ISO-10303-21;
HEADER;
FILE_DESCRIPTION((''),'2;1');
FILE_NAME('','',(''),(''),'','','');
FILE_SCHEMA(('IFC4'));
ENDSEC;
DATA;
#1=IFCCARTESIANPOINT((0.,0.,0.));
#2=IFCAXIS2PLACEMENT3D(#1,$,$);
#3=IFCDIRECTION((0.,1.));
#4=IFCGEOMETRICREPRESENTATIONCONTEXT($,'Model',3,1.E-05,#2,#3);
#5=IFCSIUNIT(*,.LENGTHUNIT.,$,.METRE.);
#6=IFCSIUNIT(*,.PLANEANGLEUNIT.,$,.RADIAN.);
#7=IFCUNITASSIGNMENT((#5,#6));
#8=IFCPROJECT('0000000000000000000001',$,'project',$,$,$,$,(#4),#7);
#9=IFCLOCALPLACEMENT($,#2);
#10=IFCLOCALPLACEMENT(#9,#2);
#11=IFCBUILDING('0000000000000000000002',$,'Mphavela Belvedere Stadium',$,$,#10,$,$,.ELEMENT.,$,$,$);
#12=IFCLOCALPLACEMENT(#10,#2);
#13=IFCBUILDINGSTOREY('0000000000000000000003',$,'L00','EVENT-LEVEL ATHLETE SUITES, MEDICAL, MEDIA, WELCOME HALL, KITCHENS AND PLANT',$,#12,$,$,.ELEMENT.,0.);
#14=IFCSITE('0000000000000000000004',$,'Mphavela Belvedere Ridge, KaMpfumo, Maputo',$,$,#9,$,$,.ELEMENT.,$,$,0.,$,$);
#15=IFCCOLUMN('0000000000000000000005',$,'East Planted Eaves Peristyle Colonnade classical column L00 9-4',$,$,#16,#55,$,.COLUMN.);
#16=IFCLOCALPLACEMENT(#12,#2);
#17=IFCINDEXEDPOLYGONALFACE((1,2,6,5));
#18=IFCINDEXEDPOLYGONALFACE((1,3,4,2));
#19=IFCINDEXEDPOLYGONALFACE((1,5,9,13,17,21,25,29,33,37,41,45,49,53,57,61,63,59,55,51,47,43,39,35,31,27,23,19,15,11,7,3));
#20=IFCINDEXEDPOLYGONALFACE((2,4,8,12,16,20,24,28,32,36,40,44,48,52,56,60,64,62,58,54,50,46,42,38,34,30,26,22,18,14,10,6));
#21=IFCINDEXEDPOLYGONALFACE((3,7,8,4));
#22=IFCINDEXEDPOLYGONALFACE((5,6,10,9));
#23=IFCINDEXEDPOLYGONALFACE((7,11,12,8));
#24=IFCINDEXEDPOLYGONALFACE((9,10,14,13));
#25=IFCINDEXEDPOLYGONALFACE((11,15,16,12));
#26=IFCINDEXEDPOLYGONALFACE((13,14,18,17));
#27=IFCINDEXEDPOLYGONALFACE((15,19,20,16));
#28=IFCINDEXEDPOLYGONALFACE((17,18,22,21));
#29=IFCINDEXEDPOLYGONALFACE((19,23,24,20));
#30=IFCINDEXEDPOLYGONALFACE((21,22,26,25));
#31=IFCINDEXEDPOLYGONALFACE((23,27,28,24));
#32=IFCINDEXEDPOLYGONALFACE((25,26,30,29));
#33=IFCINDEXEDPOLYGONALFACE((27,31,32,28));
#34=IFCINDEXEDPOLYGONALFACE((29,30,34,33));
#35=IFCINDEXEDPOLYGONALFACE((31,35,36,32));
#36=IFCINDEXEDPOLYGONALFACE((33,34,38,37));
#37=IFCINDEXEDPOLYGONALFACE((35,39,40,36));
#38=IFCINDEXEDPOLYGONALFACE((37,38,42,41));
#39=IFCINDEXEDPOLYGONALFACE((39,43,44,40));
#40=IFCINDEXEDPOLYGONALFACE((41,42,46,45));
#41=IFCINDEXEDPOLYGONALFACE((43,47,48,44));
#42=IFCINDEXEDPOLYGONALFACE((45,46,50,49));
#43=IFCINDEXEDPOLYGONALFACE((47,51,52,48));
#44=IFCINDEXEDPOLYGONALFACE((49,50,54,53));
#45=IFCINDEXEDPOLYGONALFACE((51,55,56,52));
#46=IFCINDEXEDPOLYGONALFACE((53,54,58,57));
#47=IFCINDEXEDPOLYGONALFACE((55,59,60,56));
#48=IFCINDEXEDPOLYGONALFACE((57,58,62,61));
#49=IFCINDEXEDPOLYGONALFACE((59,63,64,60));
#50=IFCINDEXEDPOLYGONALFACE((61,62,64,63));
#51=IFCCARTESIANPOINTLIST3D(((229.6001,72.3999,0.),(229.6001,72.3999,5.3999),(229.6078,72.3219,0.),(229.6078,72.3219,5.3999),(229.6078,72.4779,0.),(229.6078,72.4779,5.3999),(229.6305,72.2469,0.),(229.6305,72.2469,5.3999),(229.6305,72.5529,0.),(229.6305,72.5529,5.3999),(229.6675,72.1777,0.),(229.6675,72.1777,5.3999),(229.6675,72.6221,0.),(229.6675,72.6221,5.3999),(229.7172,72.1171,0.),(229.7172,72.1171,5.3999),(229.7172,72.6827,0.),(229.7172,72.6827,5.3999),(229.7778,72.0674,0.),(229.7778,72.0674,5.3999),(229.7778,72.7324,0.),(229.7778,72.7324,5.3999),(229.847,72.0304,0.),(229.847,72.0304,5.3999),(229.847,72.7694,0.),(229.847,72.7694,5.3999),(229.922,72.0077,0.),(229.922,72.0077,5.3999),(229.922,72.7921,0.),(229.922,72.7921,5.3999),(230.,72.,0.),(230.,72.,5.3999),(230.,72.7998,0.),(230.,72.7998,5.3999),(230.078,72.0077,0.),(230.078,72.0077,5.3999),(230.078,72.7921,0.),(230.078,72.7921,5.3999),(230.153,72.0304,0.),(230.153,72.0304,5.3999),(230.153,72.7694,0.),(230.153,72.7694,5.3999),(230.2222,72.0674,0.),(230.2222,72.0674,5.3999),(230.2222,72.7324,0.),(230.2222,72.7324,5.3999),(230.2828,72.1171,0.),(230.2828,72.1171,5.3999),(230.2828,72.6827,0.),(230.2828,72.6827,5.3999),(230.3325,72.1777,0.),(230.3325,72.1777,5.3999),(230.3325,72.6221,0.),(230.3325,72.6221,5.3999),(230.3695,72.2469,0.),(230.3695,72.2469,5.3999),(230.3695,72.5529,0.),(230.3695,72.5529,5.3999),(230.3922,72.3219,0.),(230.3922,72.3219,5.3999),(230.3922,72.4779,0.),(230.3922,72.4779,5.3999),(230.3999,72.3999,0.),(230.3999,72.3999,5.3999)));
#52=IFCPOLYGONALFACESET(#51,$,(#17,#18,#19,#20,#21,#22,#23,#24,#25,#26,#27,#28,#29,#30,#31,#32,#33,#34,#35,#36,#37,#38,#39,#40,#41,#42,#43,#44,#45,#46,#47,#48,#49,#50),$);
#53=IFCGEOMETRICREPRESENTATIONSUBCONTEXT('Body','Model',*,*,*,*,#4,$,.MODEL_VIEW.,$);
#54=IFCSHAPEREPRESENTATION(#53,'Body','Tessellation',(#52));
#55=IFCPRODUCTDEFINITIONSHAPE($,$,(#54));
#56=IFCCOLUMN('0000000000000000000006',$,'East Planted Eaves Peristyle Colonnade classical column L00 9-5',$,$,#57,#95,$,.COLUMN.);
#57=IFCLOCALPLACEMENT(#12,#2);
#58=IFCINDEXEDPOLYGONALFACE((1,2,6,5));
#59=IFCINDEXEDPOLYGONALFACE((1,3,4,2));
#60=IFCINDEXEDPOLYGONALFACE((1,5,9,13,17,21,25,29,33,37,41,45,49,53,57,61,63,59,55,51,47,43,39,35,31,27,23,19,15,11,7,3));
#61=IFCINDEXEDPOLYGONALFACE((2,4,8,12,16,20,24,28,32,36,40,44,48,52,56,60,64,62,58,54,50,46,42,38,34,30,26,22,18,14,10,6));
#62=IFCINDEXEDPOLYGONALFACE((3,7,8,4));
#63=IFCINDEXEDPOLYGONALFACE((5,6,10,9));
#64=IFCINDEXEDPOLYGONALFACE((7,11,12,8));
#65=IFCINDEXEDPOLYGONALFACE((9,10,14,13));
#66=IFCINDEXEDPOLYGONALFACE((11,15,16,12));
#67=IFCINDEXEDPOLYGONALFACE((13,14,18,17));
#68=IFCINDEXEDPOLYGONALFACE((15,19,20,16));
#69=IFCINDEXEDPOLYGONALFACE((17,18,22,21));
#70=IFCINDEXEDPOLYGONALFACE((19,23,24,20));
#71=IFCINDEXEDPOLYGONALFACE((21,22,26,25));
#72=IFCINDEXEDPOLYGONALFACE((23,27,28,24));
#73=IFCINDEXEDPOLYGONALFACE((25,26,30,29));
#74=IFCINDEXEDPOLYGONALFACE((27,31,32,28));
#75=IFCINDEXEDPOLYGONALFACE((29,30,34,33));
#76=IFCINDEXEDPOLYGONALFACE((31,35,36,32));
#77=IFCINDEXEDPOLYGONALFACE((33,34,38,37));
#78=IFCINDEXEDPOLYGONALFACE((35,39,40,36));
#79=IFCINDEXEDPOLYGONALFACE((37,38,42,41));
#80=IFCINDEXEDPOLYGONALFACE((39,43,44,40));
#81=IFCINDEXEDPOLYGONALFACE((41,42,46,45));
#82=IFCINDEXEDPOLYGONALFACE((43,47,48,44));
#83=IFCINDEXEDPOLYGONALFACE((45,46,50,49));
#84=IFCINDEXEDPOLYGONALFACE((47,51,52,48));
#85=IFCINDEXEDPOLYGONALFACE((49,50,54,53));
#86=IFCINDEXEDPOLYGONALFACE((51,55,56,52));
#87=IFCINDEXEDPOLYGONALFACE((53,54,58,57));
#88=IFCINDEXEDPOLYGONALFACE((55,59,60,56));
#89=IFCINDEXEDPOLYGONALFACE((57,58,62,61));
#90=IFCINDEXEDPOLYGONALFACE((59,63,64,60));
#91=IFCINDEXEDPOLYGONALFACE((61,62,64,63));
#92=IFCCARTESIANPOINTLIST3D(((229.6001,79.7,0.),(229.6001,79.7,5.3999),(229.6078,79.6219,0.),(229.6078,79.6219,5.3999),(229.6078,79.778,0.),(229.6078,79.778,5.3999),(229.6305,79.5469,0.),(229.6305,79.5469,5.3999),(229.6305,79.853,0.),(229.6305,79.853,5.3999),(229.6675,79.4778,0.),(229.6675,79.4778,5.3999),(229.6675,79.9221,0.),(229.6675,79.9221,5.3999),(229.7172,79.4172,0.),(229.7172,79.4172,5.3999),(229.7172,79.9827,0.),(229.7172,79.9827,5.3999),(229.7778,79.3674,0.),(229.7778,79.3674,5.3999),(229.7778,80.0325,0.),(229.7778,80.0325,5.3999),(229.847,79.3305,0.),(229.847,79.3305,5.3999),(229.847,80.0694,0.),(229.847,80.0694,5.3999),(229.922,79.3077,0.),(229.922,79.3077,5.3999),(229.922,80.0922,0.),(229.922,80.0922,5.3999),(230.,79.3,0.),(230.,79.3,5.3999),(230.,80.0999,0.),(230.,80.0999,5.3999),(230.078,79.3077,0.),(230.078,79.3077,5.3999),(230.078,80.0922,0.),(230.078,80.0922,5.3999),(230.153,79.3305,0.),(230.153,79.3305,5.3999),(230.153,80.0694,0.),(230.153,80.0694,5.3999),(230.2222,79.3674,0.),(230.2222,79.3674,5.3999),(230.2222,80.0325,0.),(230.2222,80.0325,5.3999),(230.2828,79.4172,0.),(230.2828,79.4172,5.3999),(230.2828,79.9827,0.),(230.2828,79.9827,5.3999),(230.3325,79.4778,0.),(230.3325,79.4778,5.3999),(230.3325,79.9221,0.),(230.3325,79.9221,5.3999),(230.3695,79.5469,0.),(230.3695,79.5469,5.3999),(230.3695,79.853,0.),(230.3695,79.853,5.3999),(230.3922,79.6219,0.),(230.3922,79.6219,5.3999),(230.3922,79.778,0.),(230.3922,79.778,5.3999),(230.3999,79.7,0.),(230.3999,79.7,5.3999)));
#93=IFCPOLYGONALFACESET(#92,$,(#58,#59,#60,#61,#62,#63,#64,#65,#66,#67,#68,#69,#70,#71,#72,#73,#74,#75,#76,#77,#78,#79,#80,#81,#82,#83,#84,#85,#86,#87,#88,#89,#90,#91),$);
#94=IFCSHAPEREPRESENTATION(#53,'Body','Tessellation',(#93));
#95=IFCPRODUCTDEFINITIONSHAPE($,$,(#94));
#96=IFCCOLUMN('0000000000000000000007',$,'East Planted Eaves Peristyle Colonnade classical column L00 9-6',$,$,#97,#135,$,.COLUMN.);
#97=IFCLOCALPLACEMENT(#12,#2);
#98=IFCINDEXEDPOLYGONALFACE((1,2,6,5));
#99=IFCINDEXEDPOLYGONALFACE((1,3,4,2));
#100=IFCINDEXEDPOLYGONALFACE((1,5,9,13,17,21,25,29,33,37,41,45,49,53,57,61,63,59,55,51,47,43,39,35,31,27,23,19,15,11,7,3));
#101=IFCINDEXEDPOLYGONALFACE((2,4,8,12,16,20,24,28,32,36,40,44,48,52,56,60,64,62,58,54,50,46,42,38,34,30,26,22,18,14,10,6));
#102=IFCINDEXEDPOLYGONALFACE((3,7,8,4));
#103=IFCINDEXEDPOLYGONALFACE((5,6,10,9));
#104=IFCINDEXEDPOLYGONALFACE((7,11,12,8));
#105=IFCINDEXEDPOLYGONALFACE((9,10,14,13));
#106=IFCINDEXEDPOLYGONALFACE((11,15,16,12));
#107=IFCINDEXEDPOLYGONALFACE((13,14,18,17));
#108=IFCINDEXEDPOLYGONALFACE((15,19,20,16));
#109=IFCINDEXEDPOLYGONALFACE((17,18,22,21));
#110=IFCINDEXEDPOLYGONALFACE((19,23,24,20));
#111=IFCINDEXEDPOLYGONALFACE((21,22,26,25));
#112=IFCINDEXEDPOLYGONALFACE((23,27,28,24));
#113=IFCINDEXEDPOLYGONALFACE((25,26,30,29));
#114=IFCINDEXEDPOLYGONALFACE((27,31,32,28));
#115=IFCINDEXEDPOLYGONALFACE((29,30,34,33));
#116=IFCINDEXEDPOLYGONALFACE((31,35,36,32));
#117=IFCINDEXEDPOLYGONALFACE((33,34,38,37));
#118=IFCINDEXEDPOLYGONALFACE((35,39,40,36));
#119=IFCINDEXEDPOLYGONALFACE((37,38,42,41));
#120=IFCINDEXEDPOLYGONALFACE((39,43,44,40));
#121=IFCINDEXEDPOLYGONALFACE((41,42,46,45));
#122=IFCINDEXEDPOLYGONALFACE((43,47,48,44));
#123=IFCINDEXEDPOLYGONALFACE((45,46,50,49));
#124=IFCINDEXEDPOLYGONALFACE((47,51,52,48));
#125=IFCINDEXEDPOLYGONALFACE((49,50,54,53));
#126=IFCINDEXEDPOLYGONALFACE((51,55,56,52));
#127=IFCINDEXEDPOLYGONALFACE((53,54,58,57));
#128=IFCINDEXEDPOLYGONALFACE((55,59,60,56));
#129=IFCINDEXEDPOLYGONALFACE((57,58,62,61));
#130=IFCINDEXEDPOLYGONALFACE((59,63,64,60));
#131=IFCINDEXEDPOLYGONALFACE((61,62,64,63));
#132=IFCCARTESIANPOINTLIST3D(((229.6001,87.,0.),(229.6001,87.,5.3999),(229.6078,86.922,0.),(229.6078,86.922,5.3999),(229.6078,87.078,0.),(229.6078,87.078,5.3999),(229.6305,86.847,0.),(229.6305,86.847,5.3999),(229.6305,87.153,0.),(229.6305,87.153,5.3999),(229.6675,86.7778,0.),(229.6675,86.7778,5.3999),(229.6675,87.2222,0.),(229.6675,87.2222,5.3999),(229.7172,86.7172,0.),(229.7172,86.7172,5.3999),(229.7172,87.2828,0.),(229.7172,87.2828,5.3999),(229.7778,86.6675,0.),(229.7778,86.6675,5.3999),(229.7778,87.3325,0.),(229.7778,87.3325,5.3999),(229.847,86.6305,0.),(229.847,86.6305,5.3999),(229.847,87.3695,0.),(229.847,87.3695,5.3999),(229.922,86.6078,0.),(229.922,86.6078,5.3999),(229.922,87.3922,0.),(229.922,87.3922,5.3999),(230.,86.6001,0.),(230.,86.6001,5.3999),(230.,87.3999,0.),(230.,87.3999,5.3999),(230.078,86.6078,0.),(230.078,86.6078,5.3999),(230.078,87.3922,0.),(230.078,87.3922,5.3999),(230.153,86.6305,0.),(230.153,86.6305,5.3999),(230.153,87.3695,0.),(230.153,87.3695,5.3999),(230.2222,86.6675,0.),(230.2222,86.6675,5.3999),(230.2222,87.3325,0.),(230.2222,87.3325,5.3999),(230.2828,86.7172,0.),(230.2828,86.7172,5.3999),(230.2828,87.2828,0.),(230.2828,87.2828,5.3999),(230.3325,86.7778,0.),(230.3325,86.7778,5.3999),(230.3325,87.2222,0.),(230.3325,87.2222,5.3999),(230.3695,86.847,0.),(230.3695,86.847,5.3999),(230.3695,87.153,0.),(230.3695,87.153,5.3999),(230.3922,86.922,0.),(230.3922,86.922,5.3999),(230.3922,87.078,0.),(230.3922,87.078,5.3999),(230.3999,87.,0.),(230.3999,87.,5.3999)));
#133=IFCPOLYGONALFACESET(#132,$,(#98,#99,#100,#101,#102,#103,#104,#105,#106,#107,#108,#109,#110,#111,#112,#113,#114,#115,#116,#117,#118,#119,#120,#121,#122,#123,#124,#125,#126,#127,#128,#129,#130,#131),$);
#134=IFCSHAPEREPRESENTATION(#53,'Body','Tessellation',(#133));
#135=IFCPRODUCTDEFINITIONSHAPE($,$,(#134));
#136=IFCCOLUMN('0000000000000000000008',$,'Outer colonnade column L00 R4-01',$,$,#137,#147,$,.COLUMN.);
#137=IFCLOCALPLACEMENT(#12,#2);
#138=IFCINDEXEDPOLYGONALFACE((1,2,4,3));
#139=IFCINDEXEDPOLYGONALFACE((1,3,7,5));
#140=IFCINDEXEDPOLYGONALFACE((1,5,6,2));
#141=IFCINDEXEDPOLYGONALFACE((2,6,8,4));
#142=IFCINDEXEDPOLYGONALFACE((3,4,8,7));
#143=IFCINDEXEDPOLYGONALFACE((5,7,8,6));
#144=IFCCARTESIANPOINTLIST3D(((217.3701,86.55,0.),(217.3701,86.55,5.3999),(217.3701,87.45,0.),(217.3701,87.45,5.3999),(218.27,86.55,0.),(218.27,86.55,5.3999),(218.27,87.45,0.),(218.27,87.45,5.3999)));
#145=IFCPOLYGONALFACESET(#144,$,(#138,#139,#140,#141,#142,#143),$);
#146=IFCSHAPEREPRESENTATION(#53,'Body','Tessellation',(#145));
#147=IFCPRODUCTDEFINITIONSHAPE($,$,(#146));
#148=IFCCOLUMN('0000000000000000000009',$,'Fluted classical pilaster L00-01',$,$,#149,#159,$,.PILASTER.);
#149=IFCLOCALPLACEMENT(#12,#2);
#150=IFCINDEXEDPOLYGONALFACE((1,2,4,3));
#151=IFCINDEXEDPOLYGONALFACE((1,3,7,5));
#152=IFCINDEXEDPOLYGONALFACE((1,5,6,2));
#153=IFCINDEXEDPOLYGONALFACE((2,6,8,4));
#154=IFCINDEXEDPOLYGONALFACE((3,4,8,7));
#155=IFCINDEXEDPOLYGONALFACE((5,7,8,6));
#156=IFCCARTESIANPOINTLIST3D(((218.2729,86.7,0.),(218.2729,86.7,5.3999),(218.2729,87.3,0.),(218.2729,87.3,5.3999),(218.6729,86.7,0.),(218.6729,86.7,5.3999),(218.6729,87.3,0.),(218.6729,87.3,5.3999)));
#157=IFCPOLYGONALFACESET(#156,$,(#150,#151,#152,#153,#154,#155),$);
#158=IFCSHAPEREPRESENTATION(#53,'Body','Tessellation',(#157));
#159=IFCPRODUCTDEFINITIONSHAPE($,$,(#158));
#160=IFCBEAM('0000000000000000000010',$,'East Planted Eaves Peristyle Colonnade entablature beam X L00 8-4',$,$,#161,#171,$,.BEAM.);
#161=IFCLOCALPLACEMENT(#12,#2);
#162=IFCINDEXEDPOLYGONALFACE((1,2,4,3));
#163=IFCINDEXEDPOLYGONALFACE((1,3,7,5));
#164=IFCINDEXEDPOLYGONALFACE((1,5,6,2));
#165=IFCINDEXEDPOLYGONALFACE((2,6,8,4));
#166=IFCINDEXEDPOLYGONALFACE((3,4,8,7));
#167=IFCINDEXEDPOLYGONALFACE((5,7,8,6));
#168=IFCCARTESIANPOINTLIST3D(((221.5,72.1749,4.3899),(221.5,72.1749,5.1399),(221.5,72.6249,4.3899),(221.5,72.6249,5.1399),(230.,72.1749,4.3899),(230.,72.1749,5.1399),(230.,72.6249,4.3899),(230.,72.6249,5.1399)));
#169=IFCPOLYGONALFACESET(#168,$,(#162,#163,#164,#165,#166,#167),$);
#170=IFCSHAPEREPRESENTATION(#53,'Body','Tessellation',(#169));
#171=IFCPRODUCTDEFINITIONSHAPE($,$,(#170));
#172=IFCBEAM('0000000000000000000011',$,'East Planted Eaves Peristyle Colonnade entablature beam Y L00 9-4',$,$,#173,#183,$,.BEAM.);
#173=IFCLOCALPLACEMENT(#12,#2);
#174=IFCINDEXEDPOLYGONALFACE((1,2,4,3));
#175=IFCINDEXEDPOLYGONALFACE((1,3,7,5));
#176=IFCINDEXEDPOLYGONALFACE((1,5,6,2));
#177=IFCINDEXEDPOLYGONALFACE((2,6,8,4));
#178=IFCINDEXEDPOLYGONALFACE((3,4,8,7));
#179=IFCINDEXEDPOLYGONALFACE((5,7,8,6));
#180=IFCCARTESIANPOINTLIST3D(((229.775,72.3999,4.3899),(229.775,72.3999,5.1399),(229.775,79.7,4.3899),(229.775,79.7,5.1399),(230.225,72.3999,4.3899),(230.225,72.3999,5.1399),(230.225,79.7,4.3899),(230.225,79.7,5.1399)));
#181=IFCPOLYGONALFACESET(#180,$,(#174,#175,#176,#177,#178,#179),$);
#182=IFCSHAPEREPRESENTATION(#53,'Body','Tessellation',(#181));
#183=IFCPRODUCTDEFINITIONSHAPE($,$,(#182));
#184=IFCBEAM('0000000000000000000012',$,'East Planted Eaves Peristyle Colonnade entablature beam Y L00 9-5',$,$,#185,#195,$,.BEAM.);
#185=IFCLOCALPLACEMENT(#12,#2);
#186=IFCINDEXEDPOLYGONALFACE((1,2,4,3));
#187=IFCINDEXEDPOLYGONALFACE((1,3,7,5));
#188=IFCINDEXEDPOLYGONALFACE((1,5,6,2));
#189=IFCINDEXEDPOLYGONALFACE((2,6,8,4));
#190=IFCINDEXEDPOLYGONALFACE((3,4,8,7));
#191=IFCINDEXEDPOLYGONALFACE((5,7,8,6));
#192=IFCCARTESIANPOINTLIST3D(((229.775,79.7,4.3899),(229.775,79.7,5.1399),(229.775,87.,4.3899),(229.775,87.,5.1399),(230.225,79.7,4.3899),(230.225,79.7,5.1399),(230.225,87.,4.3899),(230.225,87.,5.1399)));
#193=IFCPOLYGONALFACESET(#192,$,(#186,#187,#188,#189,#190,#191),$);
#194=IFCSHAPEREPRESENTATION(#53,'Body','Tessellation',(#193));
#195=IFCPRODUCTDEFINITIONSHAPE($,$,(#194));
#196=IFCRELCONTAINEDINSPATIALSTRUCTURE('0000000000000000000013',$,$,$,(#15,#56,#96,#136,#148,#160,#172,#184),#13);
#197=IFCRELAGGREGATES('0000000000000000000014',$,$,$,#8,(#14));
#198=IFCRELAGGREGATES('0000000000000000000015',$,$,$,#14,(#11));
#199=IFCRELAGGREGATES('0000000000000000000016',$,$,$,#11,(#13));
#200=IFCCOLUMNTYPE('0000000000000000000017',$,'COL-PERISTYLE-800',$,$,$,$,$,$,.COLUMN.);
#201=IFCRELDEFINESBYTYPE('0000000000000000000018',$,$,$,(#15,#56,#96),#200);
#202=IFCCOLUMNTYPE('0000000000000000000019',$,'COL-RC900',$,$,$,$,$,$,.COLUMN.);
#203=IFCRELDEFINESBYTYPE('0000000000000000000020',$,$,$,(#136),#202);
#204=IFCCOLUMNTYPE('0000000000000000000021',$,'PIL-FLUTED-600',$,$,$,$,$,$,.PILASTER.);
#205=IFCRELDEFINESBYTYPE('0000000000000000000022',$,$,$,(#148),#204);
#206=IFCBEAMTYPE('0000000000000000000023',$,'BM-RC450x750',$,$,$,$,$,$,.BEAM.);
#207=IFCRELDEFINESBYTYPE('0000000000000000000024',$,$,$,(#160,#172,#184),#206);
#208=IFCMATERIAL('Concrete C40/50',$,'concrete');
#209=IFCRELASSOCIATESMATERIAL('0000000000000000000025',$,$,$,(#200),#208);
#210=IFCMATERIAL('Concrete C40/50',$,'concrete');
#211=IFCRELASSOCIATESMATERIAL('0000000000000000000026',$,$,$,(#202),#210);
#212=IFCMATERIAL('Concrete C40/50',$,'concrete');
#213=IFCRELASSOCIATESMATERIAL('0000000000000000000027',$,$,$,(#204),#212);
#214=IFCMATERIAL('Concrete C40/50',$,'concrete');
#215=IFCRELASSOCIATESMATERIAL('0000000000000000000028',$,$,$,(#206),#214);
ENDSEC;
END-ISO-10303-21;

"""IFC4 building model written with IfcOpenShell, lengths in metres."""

from ifc_helpers import new_model, si_unit, direction, frame, origin, origin_2d, place, context, subcontext, project, spatial, rectangle, circle, extrude, material, material_profile, profile_set, type_object, element, save


model = new_model("IFC4")

# Units and contexts
model_context = context("Model", 3, precision=1e-05, world=origin(), true_north=direction((0.0, 1.0)))
body_context = subcontext(model_context, "Body", "Model", "MODEL_VIEW")
ifc_project = project(units=[si_unit("LENGTHUNIT", "METRE"), si_unit("PLANEANGLEUNIT", "RADIAN")], contexts=[model_context])

# Site, building, storey
site_placement = place(None, origin())
site = spatial("IfcSite", under=ifc_project, at=site_placement, Name="Mphavela Belvedere Ridge, KaMpfumo, Maputo", CompositionType="ELEMENT", RefElevation=0.0)
building_placement = place(site_placement, origin())
building = spatial("IfcBuilding", under=site, at=building_placement, Name="Mphavela Belvedere Stadium", CompositionType="ELEMENT")
storey_placement = place(building_placement, origin())
storey = spatial("IfcBuildingStorey", under=building, at=storey_placement, Name="L00", Description="EVENT-LEVEL ATHLETE SUITES, MEDICAL, MEDIA, WELCOME HALL, KITCHENS AND PLANT", CompositionType="ELEMENT", Elevation=0.0)

# Columns
ifc_material_1 = material(Name="Concrete C40/50", Category="concrete")
ifc_material_profile_1 = material_profile(ifc_material_1, circle(Radius=0.3999, at=origin_2d()), Name="COL D800")
ifc_profile_set_1 = profile_set([ifc_material_profile_1], Name="Concrete C40/50")
column_type_1 = type_object("IfcColumnType", Name="COL-PERISTYLE-800", PredefinedType="COLUMN", material=ifc_profile_set_1)
for number, where, z_axis, x_axis, name in (
    (1, (230.0, 72.3999, 0.0), (0.0, 0.0, 1.0), (1.0, 0.0, 0.0), "East Planted Eaves Peristyle Colonnade classical column L00 9-4"),
    (2, (230.0, 79.7, 0.0), (0.0, 0.0, 1.0), (1.0, 0.0, 0.0), "East Planted Eaves Peristyle Colonnade classical column L00 9-5"),
    (3, (230.0, 87.0, 0.0), (0.0, 0.0, 1.0), (1.0, 0.0, 0.0), "East Planted Eaves Peristyle Colonnade classical column L00 9-6"),
):
    element("IfcColumn", number, at=place(storey_placement, frame(where, z_axis=z_axis, x_axis=x_axis)), inside=storey, type_object=column_type_1, Name=name, PredefinedType="COLUMN", context=body_context, shape_type="SweptSolid", body=[
        extrude(circle(Radius=0.3999, at=origin_2d()), origin(), (0.0, 0.0, 1.0), 5.3999),
    ])
ifc_material_2 = material(Name="Concrete C40/50", Category="concrete")
ifc_material_profile_2 = material_profile(ifc_material_2, rectangle(XDim=0.8999, YDim=0.8999, at=origin_2d()), Name="RC 900x900")
ifc_profile_set_2 = profile_set([ifc_material_profile_2], Name="Concrete C40/50")
column_type_2 = type_object("IfcColumnType", Name="COL-RC900", PredefinedType="COLUMN", material=ifc_profile_set_2)
column_1_placement = place(storey_placement, frame((217.8201, 87.0, 0.0), z_axis=(0.0, 0.0, 1.0), x_axis=(1.0, 0.0, 0.0)))
element("IfcColumn", 4, at=column_1_placement, inside=storey, type_object=column_type_2, Name="Outer colonnade column L00 R4-01", PredefinedType="COLUMN", context=body_context, shape_type="SweptSolid", body=[
    extrude(rectangle(XDim=0.8999, YDim=0.8999, at=origin_2d()), origin(), (0.0, 0.0, 1.0), 5.3999),
])
ifc_material_3 = material(Name="Concrete C40/50", Category="concrete")
ifc_material_profile_3 = material_profile(ifc_material_3, rectangle(XDim=0.6001, YDim=0.3999, at=origin_2d()), Name="PIL 600x400")
ifc_profile_set_3 = profile_set([ifc_material_profile_3], Name="Concrete C40/50")
column_type_3 = type_object("IfcColumnType", Name="PIL-FLUTED-600", PredefinedType="PILASTER", material=ifc_profile_set_3)
column_2_placement = place(storey_placement, frame((218.4729, 87.0, 0.0), z_axis=(0.0, 0.0, 1.0), x_axis=(0.0, 1.0, 0.0)))
element("IfcColumn", 5, at=column_2_placement, inside=storey, type_object=column_type_3, Name="Fluted classical pilaster L00-01", PredefinedType="PILASTER", context=body_context, shape_type="SweptSolid", body=[
    extrude(rectangle(XDim=0.6001, YDim=0.3999, at=origin_2d()), origin(), (0.0, 0.0, 1.0), 5.3999),
])

# Beams
ifc_material_4 = material(Name="Concrete C40/50", Category="concrete")
ifc_material_profile_4 = material_profile(ifc_material_4, rectangle(XDim=0.45, YDim=0.75, at=origin_2d()), Name="RC 450x750")
ifc_profile_set_4 = profile_set([ifc_material_profile_4], Name="Concrete C40/50")
beam_type_1 = type_object("IfcBeamType", Name="BM-RC450x750", PredefinedType="BEAM", material=ifc_profile_set_4)
beam_1_placement = place(storey_placement, frame((221.5, 72.3999, 4.7649), z_axis=(1.0, 0.0, 0.0), x_axis=(0.0, 1.0, 0.0)))
element("IfcBeam", 6, at=beam_1_placement, inside=storey, type_object=beam_type_1, Name="East Planted Eaves Peristyle Colonnade entablature beam X L00 8-4", PredefinedType="BEAM", context=body_context, shape_type="SweptSolid", body=[
    extrude(rectangle(XDim=0.45, YDim=0.75, at=origin_2d()), origin(), (0.0, 0.0, 1.0), 8.5),
])
for number, where, z_axis, x_axis, name in (
    (7, (230.0, 72.3999, 4.7649), (0.0, 1.0, 0.0), (-1.0, 0.0, 0.0), "East Planted Eaves Peristyle Colonnade entablature beam Y L00 9-4"),
    (8, (230.0, 79.7, 4.7649), (0.0, 1.0, 0.0), (-1.0, 0.0, 0.0), "East Planted Eaves Peristyle Colonnade entablature beam Y L00 9-5"),
):
    element("IfcBeam", number, at=place(storey_placement, frame(where, z_axis=z_axis, x_axis=x_axis)), inside=storey, type_object=beam_type_1, Name=name, PredefinedType="BEAM", context=body_context, shape_type="SweptSolid", body=[
        extrude(rectangle(XDim=0.45, YDim=0.75, at=origin_2d()), origin(), (0.0, 0.0, 1.0), 7.3),
    ])

save(model, "model.ifc")
